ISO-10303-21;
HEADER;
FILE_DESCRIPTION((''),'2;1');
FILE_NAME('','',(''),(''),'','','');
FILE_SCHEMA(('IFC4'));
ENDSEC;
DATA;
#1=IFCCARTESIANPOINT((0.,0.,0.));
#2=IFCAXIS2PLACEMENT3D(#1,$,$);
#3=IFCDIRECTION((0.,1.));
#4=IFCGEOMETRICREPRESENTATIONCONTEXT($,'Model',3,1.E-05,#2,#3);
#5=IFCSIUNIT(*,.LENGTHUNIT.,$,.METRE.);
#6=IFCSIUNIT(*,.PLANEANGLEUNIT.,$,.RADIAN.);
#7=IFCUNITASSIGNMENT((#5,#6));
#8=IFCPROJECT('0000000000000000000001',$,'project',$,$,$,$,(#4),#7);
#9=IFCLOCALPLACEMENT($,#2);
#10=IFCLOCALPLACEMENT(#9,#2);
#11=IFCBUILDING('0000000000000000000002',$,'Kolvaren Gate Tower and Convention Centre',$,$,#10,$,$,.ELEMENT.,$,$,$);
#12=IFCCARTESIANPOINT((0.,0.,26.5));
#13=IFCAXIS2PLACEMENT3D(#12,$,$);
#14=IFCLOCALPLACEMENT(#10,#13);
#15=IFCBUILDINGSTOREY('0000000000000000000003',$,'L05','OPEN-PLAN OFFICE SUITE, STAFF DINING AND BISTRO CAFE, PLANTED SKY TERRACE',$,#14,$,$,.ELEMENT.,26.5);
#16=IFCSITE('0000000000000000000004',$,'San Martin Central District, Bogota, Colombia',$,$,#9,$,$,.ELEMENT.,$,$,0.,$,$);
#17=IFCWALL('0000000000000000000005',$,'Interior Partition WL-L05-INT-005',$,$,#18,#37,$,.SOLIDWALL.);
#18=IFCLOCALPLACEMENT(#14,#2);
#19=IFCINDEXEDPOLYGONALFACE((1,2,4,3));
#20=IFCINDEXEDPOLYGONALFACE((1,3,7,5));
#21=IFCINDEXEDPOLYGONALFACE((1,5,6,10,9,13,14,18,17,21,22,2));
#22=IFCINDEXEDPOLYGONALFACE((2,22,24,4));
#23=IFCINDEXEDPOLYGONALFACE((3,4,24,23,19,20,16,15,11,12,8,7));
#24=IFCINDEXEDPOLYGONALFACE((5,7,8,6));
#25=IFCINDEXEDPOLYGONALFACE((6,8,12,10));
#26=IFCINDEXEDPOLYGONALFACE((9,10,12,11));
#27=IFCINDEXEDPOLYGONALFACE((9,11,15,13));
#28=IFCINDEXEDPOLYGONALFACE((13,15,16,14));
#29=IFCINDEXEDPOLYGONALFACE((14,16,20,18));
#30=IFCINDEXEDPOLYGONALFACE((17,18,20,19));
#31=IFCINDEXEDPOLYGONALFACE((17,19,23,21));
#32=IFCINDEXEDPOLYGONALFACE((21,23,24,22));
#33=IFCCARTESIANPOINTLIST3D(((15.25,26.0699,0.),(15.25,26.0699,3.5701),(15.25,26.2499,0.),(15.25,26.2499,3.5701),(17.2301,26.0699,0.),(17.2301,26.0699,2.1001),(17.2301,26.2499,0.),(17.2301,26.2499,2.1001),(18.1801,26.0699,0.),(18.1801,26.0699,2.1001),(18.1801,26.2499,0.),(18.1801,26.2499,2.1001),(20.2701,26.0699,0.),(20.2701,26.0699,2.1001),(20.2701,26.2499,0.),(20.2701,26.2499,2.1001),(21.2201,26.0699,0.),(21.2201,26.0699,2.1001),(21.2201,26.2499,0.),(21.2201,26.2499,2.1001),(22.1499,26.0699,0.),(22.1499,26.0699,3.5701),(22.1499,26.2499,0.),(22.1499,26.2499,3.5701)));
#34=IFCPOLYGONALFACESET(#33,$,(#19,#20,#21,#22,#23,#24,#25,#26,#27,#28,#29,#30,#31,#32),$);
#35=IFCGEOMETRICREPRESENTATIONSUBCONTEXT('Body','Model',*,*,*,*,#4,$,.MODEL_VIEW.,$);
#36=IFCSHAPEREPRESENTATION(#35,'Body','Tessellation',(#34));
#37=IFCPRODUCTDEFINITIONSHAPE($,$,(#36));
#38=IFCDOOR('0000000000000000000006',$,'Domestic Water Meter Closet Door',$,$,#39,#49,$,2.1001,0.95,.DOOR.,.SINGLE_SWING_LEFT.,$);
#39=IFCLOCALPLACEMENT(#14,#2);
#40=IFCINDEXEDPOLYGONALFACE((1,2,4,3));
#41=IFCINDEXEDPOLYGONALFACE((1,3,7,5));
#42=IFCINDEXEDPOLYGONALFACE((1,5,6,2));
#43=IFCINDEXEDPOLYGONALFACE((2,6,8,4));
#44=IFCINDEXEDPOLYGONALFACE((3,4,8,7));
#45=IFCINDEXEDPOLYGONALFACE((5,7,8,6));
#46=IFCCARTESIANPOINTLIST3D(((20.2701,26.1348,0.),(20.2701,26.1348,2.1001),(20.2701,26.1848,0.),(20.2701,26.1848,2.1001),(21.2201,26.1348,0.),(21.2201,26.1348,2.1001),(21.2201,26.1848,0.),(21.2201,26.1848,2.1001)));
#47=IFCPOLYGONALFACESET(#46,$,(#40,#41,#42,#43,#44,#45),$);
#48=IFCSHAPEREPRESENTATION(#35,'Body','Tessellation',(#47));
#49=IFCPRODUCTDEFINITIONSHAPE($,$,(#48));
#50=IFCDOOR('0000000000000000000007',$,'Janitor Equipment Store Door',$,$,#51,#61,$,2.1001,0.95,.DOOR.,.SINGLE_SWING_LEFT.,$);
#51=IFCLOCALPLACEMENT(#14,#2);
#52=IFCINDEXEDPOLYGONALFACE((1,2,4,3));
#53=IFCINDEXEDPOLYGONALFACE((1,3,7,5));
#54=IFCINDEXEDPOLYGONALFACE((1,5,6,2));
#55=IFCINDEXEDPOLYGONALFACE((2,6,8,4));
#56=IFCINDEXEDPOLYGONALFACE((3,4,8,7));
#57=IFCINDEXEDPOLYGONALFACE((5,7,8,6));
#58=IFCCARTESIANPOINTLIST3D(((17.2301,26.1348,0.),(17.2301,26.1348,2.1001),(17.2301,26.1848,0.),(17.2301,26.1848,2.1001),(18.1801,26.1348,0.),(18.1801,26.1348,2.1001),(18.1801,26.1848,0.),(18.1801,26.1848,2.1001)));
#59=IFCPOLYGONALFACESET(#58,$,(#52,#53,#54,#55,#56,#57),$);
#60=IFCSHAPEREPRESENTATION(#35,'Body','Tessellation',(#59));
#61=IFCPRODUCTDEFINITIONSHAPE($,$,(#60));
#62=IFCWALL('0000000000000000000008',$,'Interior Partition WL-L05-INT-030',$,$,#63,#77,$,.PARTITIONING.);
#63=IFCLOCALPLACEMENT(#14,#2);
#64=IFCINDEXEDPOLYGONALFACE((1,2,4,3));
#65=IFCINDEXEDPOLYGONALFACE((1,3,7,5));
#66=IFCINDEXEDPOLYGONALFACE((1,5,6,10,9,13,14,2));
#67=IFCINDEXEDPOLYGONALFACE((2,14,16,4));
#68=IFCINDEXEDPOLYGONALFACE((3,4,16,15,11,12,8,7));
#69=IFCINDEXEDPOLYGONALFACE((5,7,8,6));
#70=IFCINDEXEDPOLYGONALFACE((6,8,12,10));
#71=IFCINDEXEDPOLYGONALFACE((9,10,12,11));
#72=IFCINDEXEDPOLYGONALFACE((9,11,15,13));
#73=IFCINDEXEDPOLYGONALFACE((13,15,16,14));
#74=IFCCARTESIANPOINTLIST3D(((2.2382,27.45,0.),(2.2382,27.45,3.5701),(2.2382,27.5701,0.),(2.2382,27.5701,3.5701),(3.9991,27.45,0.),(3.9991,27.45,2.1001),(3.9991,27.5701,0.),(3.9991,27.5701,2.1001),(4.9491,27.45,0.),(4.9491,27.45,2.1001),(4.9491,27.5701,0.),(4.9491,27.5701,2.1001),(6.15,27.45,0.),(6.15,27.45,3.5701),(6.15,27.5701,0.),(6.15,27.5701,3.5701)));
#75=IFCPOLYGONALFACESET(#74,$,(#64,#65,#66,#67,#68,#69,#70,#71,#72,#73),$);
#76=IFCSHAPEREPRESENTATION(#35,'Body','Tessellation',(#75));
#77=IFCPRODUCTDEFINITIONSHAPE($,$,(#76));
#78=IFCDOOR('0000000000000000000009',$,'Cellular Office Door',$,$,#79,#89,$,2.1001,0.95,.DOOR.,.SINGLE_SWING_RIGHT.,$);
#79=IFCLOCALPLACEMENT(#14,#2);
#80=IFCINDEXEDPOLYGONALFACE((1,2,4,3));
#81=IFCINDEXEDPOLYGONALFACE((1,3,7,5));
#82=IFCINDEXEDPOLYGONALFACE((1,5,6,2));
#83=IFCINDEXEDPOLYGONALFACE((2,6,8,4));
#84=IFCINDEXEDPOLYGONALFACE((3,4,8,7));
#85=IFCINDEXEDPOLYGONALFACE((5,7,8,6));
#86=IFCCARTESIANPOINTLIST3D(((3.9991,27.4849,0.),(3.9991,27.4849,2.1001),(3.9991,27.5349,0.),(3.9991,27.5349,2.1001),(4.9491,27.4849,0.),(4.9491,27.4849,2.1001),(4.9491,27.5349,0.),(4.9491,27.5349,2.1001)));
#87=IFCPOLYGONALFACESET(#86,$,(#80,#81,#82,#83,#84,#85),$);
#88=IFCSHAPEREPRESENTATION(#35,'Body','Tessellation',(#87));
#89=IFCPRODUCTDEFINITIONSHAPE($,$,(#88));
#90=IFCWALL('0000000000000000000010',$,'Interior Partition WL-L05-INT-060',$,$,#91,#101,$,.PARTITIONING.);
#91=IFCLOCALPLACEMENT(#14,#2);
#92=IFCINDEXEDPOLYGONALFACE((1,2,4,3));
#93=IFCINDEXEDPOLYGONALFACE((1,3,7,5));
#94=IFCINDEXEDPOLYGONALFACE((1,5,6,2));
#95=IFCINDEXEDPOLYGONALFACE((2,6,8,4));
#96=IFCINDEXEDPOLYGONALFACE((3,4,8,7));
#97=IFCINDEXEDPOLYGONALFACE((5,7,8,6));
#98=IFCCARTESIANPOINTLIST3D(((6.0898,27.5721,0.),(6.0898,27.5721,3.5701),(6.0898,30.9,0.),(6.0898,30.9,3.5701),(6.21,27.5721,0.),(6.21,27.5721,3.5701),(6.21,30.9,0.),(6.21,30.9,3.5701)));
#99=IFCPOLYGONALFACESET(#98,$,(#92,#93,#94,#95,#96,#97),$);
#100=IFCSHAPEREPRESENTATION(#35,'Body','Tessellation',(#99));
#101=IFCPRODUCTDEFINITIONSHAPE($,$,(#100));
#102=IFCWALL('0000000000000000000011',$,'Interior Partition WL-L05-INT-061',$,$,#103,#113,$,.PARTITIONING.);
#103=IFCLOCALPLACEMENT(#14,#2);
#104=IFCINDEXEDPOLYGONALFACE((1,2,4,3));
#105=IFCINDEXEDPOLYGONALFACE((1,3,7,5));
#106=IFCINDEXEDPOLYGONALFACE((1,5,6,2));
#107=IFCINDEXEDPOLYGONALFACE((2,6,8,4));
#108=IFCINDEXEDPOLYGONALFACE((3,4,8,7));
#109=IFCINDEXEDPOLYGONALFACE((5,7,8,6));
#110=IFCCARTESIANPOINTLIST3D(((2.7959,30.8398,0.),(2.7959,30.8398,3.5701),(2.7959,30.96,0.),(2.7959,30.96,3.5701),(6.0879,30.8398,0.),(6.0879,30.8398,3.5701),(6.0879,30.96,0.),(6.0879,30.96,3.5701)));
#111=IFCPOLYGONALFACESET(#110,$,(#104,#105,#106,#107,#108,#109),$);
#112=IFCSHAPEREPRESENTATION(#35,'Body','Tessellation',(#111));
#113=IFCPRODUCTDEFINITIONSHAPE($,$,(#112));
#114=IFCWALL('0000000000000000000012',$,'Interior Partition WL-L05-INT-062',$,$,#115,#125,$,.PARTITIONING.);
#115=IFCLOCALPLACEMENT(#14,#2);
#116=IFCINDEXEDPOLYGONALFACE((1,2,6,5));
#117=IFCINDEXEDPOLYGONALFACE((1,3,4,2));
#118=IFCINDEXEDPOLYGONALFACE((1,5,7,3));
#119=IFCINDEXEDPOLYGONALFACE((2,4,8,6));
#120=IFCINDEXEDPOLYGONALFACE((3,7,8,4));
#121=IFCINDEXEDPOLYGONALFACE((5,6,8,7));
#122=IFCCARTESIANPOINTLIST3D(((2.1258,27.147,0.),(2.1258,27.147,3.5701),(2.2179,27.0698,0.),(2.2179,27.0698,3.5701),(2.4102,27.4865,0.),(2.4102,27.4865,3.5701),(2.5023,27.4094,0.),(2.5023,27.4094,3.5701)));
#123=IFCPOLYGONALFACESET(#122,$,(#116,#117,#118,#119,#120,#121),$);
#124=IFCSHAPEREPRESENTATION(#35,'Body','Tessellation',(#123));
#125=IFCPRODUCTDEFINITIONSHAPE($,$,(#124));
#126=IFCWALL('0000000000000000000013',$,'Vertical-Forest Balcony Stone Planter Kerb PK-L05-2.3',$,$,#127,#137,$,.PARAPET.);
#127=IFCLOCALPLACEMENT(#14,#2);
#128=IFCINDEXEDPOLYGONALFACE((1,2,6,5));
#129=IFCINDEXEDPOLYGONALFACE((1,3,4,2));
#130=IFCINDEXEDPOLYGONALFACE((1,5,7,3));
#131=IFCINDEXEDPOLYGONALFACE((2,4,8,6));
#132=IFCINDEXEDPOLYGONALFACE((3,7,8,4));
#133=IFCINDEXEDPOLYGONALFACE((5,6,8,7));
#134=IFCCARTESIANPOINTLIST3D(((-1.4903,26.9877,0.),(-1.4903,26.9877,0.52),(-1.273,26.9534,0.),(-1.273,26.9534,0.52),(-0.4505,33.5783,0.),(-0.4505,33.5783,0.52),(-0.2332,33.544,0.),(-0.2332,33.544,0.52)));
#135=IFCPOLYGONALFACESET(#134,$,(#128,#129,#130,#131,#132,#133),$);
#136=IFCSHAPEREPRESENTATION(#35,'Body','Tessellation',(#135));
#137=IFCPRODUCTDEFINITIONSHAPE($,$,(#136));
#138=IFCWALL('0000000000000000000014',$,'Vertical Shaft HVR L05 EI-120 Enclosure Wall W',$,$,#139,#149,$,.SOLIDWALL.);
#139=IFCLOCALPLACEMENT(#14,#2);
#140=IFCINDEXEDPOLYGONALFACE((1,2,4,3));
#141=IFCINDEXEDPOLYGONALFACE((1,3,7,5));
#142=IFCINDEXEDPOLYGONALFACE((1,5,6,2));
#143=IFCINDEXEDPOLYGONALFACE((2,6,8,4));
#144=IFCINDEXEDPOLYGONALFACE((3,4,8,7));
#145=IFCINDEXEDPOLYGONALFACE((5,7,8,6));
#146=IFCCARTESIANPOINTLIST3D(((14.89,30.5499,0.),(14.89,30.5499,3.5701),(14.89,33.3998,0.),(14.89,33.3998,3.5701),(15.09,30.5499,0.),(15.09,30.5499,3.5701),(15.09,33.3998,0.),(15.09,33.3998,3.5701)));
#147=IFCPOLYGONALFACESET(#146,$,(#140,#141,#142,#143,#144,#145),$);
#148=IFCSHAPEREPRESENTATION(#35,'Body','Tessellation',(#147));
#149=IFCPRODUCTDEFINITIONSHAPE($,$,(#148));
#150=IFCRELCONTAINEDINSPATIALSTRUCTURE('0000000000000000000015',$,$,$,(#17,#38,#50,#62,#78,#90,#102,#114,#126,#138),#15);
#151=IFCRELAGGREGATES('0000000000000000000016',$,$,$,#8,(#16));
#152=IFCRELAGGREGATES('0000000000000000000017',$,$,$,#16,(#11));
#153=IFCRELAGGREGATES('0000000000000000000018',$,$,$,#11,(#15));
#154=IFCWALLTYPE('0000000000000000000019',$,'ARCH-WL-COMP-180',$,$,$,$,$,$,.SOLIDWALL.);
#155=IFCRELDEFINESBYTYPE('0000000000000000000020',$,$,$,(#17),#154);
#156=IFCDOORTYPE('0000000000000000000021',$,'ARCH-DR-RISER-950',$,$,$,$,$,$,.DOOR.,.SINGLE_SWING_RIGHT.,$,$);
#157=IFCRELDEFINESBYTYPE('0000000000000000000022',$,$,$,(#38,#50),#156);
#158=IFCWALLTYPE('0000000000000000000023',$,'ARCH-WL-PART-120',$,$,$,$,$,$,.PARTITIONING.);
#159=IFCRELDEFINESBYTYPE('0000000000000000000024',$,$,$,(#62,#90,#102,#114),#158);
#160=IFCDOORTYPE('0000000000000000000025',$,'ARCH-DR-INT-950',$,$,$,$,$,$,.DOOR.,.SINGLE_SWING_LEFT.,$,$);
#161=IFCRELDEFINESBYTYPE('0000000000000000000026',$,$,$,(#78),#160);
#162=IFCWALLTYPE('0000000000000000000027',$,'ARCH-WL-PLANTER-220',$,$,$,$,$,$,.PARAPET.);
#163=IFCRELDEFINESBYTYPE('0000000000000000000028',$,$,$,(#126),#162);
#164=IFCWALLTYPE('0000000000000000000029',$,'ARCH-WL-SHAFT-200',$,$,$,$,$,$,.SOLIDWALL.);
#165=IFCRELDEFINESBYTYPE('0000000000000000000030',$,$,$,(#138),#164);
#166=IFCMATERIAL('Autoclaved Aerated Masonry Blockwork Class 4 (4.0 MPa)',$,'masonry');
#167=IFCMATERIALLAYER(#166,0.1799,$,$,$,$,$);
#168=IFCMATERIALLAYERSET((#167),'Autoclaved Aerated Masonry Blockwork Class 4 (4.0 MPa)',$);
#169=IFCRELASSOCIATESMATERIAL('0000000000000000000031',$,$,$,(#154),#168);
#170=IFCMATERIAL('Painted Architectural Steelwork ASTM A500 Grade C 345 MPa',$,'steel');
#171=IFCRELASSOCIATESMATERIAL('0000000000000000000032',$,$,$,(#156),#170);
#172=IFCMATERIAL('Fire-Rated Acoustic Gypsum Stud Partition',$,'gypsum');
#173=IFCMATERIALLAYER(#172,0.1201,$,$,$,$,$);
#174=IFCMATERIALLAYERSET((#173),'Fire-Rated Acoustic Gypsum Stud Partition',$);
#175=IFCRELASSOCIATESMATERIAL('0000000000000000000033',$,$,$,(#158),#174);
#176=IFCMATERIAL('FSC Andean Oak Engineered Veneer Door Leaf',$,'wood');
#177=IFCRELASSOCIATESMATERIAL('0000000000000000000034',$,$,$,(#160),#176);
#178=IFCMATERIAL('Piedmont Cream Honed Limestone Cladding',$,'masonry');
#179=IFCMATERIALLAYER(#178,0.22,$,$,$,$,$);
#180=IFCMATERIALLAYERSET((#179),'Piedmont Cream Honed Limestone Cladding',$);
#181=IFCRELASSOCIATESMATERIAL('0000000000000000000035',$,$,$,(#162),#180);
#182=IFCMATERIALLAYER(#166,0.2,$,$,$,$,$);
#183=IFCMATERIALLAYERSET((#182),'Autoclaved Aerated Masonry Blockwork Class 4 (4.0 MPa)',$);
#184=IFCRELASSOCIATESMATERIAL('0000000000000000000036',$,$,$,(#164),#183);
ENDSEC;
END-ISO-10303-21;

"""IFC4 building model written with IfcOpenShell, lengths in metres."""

from ifc_helpers import new_model, si_unit, direction, frame, frame_2d, origin, place, context, subcontext, project, spatial, rectangle, extrude, material, layer, layer_set, type_object, element, fill, save


model = new_model("IFC4")

# Units and contexts
model_context = context("Model", 3, precision=1e-05, world=origin(), true_north=direction((0.0, 1.0)))
body_context = subcontext(model_context, "Body", "Model", "MODEL_VIEW")
ifc_project = project(units=[si_unit("LENGTHUNIT", "METRE"), si_unit("PLANEANGLEUNIT", "RADIAN")], contexts=[model_context])

# Site, building, storey
site_placement = place(None, origin())
site = spatial("IfcSite", under=ifc_project, at=site_placement, Name="San Martin Central District, Bogota, Colombia", CompositionType="ELEMENT", RefElevation=0.0)
building_placement = place(site_placement, origin())
building = spatial("IfcBuilding", under=site, at=building_placement, Name="Kolvaren Gate Tower and Convention Centre", CompositionType="ELEMENT")
storey_placement = place(building_placement, frame((0.0, 0.0, 26.5)))
storey = spatial("IfcBuildingStorey", under=building, at=storey_placement, Name="L05", Description="OPEN-PLAN OFFICE SUITE, STAFF DINING AND BISTRO CAFE, PLANTED SKY TERRACE", CompositionType="ELEMENT", Elevation=26.5)

# Wall, openings, doors
ifc_material_1 = material(Name="Autoclaved Aerated Masonry Blockwork Class 4 (4.0 MPa)", Category="masonry")
ifc_layer_1 = layer(ifc_material_1, 0.1799)
ifc_layer_set_1 = layer_set([ifc_layer_1], Name="Autoclaved Aerated Masonry Blockwork Class 4 (4.0 MPa)")
wall_type_1 = type_object("IfcWallType", Name="ARCH-WL-COMP-180", PredefinedType="SOLIDWALL", material=ifc_layer_set_1)
ifc_material_2 = material(Name="Painted Architectural Steelwork ASTM A500 Grade C 345 MPa", Category="steel")
door_type_1 = type_object("IfcDoorType", Name="ARCH-DR-RISER-950", OperationType="SINGLE_SWING_RIGHT", PredefinedType="DOOR", material=ifc_material_2)
wall_1_placement = place(storey_placement, frame((15.25, 26.1599, 0.0), z_axis=(0.0, 0.0, 1.0), x_axis=(1.0, 0.0, 0.0)))
wall_1 = element("IfcWall", 1, at=wall_1_placement, inside=storey, type_object=wall_type_1, Name="Interior Partition WL-L05-INT-005", PredefinedType="SOLIDWALL", context=body_context, shape_type="SweptSolid", body=[
    extrude(rectangle(XDim=6.8999, YDim=0.1799, at=frame_2d((3.45, 0.0))), origin(), (0.0, 0.0, 1.0), 3.5701),
])
opening_1_placement = place(wall_1_placement, frame((5.02, 0.0, 0.0)))
opening_1 = element("IfcOpeningElement", 2, at=opening_1_placement, cuts=wall_1, PredefinedType="OPENING", context=body_context, shape_type="SweptSolid", body=[
    extrude(rectangle(XDim=0.95, YDim=2.1001, at=frame_2d((0.4751, 1.05))), frame((0.0, 0.0999, 0.0), z_axis=(0.0, -1.0, 0.0), x_axis=(1.0, 0.0, 0.0)), (0.0, 0.0, 1.0), 0.2),
])
opening_2_placement = place(wall_1_placement, frame((1.98, 0.0, 0.0)))
opening_2 = element("IfcOpeningElement", 3, at=opening_2_placement, cuts=wall_1, PredefinedType="OPENING", context=body_context, shape_type="SweptSolid", body=[
    extrude(rectangle(XDim=0.95, YDim=2.1001, at=frame_2d((0.4751, 1.05))), frame((0.0, 0.0999, 0.0), z_axis=(0.0, -1.0, 0.0), x_axis=(1.0, 0.0, 0.0)), (0.0, 0.0, 1.0), 0.2),
])
door_1_placement = place(opening_1_placement, origin())
door_1 = element("IfcDoor", 4, at=door_1_placement, inside=storey, type_object=door_type_1, Name="Domestic Water Meter Closet Door", OperationType="SINGLE_SWING_LEFT", OverallHeight=2.1001, OverallWidth=0.95, PredefinedType="DOOR", context=body_context, shape_type="SweptSolid", body=[
    extrude(rectangle(XDim=0.95, YDim=2.1001, at=frame_2d((0.4751, 1.05))), frame((0.0, 0.0249, 0.0), z_axis=(0.0, -1.0, 0.0), x_axis=(1.0, 0.0, 0.0)), (0.0, 0.0, 1.0), 0.05),
])
fill(opening_1, door_1)
door_2_placement = place(opening_2_placement, origin())
door_2 = element("IfcDoor", 5, at=door_2_placement, inside=storey, type_object=door_type_1, Name="Janitor Equipment Store Door", OperationType="SINGLE_SWING_LEFT", OverallHeight=2.1001, OverallWidth=0.95, PredefinedType="DOOR", context=body_context, shape_type="SweptSolid", body=[
    extrude(rectangle(XDim=0.95, YDim=2.1001, at=frame_2d((0.4751, 1.05))), frame((0.0, 0.0249, 0.0), z_axis=(0.0, -1.0, 0.0), x_axis=(1.0, 0.0, 0.0)), (0.0, 0.0, 1.0), 0.05),
])
fill(opening_2, door_2)

# Wall, opening, door
ifc_material_3 = material(Name="Fire-Rated Acoustic Gypsum Stud Partition", Category="gypsum")
ifc_layer_2 = layer(ifc_material_3, 0.1201)
ifc_layer_set_2 = layer_set([ifc_layer_2], Name="Fire-Rated Acoustic Gypsum Stud Partition")
wall_type_2 = type_object("IfcWallType", Name="ARCH-WL-PART-120", PredefinedType="PARTITIONING", material=ifc_layer_set_2)
wall_2_placement = place(storey_placement, frame((2.238, 27.51, 0.0), z_axis=(0.0, 0.0, 1.0), x_axis=(1.0, 0.0, 0.0)))
wall_2 = element("IfcWall", 6, at=wall_2_placement, inside=storey, type_object=wall_type_2, Name="Interior Partition WL-L05-INT-030", PredefinedType="PARTITIONING", context=body_context, shape_type="SweptSolid", body=[
    extrude(rectangle(XDim=3.9119, YDim=0.1201, at=frame_2d((1.9561, 0.0))), origin(), (0.0, 0.0, 1.0), 3.5701),
])
opening_3_placement = place(wall_2_placement, frame((1.761, 0.0, 0.0)))
opening_3 = element("IfcOpeningElement", 7, at=opening_3_placement, cuts=wall_2, PredefinedType="OPENING", context=body_context, shape_type="SweptSolid", body=[
    extrude(rectangle(XDim=0.95, YDim=2.1001, at=frame_2d((0.4751, 1.05))), frame((0.0, 0.0701, 0.0), z_axis=(0.0, -1.0, 0.0), x_axis=(1.0, 0.0, 0.0)), (0.0, 0.0, 1.0), 0.1401),
])
ifc_material_4 = material(Name="FSC Andean Oak Engineered Veneer Door Leaf", Category="wood")
door_type_2 = type_object("IfcDoorType", Name="ARCH-DR-INT-950", OperationType="SINGLE_SWING_LEFT", PredefinedType="DOOR", material=ifc_material_4)
door_3_placement = place(opening_3_placement, origin())
door_3 = element("IfcDoor", 8, at=door_3_placement, inside=storey, type_object=door_type_2, Name="Cellular Office Door", OperationType="SINGLE_SWING_RIGHT", OverallHeight=2.1001, OverallWidth=0.95, PredefinedType="DOOR", context=body_context, shape_type="SweptSolid", body=[
    extrude(rectangle(XDim=0.95, YDim=2.1001, at=frame_2d((0.4751, 1.05))), frame((0.0, 0.0249, 0.0), z_axis=(0.0, -1.0, 0.0), x_axis=(1.0, 0.0, 0.0)), (0.0, 0.0, 1.0), 0.05),
])
fill(opening_3, door_3)

# Walls
wall_3_placement = place(storey_placement, frame((6.1499, 27.572, 0.0), z_axis=(0.0, 0.0, 1.0), x_axis=(0.0, 1.0, 0.0)))
element("IfcWall", 9, at=wall_3_placement, inside=storey, type_object=wall_type_2, Name="Interior Partition WL-L05-INT-060", PredefinedType="PARTITIONING", context=body_context, shape_type="SweptSolid", body=[
    extrude(rectangle(XDim=3.3279, YDim=0.1201, at=frame_2d((1.6641, 0.0))), origin(), (0.0, 0.0, 1.0), 3.5701),
])
wall_4_placement = place(storey_placement, frame((2.7959, 30.8999, 0.0), z_axis=(0.0, 0.0, 1.0), x_axis=(1.0, 0.0, 0.0)))
element("IfcWall", 10, at=wall_4_placement, inside=storey, type_object=wall_type_2, Name="Interior Partition WL-L05-INT-061", PredefinedType="PARTITIONING", context=body_context, shape_type="SweptSolid", body=[
    extrude(rectangle(XDim=3.292, YDim=0.1201, at=frame_2d((1.646, 0.0))), origin(), (0.0, 0.0, 1.0), 3.5701),
])
wall_5_placement = place(storey_placement, frame((2.1719, 27.1084, 0.0), z_axis=(0.0, 0.0, 1.0), x_axis=(0.64208, 0.766638, 0.0)))
element("IfcWall", 11, at=wall_5_placement, inside=storey, type_object=wall_type_2, Name="Interior Partition WL-L05-INT-062", PredefinedType="PARTITIONING", context=body_context, shape_type="SweptSolid", body=[
    extrude(rectangle(XDim=0.4429, YDim=0.1201, at=frame_2d((0.2214, 0.0))), origin(), (0.0, 0.0, 1.0), 3.5701),
])
ifc_material_5 = material(Name="Piedmont Cream Honed Limestone Cladding", Category="masonry")
ifc_layer_3 = layer(ifc_material_5, 0.22)
ifc_layer_set_3 = layer_set([ifc_layer_3], Name="Piedmont Cream Honed Limestone Cladding")
wall_type_3 = type_object("IfcWallType", Name="ARCH-WL-PLANTER-220", PredefinedType="PARAPET", material=ifc_layer_set_3)
wall_6_placement = place(storey_placement, frame((-1.3816, 26.9707, 0.0), z_axis=(0.0, 0.0, 1.0), x_axis=(0.155842, 0.987782, 0.0)))
element("IfcWall", 12, at=wall_6_placement, inside=storey, type_object=wall_type_3, Name="Vertical-Forest Balcony Stone Planter Kerb PK-L05-2.3", PredefinedType="PARAPET", context=body_context, shape_type="SweptSolid", body=[
    extrude(rectangle(XDim=6.6721, YDim=0.22, at=frame_2d((3.3359, 0.0))), origin(), (0.0, 0.0, 1.0), 0.52),
])
ifc_layer_4 = layer(ifc_material_1, 0.2)
ifc_layer_set_4 = layer_set([ifc_layer_4], Name="Autoclaved Aerated Masonry Blockwork Class 4 (4.0 MPa)")
wall_type_4 = type_object("IfcWallType", Name="ARCH-WL-SHAFT-200", PredefinedType="SOLIDWALL", material=ifc_layer_set_4)
wall_7_placement = place(storey_placement, frame((14.99, 30.55, 0.0), z_axis=(0.0, 0.0, 1.0), x_axis=(0.0, 1.0, 0.0)))
element("IfcWall", 13, at=wall_7_placement, inside=storey, type_object=wall_type_4, Name="Vertical Shaft HVR L05 EI-120 Enclosure Wall W", PredefinedType="SOLIDWALL", context=body_context, shape_type="SweptSolid", body=[
    extrude(rectangle(XDim=2.8499, YDim=0.2, at=frame_2d((1.4248, 0.0))), origin(), (0.0, 0.0, 1.0), 3.5701),
])

save(model, "model.ifc")
